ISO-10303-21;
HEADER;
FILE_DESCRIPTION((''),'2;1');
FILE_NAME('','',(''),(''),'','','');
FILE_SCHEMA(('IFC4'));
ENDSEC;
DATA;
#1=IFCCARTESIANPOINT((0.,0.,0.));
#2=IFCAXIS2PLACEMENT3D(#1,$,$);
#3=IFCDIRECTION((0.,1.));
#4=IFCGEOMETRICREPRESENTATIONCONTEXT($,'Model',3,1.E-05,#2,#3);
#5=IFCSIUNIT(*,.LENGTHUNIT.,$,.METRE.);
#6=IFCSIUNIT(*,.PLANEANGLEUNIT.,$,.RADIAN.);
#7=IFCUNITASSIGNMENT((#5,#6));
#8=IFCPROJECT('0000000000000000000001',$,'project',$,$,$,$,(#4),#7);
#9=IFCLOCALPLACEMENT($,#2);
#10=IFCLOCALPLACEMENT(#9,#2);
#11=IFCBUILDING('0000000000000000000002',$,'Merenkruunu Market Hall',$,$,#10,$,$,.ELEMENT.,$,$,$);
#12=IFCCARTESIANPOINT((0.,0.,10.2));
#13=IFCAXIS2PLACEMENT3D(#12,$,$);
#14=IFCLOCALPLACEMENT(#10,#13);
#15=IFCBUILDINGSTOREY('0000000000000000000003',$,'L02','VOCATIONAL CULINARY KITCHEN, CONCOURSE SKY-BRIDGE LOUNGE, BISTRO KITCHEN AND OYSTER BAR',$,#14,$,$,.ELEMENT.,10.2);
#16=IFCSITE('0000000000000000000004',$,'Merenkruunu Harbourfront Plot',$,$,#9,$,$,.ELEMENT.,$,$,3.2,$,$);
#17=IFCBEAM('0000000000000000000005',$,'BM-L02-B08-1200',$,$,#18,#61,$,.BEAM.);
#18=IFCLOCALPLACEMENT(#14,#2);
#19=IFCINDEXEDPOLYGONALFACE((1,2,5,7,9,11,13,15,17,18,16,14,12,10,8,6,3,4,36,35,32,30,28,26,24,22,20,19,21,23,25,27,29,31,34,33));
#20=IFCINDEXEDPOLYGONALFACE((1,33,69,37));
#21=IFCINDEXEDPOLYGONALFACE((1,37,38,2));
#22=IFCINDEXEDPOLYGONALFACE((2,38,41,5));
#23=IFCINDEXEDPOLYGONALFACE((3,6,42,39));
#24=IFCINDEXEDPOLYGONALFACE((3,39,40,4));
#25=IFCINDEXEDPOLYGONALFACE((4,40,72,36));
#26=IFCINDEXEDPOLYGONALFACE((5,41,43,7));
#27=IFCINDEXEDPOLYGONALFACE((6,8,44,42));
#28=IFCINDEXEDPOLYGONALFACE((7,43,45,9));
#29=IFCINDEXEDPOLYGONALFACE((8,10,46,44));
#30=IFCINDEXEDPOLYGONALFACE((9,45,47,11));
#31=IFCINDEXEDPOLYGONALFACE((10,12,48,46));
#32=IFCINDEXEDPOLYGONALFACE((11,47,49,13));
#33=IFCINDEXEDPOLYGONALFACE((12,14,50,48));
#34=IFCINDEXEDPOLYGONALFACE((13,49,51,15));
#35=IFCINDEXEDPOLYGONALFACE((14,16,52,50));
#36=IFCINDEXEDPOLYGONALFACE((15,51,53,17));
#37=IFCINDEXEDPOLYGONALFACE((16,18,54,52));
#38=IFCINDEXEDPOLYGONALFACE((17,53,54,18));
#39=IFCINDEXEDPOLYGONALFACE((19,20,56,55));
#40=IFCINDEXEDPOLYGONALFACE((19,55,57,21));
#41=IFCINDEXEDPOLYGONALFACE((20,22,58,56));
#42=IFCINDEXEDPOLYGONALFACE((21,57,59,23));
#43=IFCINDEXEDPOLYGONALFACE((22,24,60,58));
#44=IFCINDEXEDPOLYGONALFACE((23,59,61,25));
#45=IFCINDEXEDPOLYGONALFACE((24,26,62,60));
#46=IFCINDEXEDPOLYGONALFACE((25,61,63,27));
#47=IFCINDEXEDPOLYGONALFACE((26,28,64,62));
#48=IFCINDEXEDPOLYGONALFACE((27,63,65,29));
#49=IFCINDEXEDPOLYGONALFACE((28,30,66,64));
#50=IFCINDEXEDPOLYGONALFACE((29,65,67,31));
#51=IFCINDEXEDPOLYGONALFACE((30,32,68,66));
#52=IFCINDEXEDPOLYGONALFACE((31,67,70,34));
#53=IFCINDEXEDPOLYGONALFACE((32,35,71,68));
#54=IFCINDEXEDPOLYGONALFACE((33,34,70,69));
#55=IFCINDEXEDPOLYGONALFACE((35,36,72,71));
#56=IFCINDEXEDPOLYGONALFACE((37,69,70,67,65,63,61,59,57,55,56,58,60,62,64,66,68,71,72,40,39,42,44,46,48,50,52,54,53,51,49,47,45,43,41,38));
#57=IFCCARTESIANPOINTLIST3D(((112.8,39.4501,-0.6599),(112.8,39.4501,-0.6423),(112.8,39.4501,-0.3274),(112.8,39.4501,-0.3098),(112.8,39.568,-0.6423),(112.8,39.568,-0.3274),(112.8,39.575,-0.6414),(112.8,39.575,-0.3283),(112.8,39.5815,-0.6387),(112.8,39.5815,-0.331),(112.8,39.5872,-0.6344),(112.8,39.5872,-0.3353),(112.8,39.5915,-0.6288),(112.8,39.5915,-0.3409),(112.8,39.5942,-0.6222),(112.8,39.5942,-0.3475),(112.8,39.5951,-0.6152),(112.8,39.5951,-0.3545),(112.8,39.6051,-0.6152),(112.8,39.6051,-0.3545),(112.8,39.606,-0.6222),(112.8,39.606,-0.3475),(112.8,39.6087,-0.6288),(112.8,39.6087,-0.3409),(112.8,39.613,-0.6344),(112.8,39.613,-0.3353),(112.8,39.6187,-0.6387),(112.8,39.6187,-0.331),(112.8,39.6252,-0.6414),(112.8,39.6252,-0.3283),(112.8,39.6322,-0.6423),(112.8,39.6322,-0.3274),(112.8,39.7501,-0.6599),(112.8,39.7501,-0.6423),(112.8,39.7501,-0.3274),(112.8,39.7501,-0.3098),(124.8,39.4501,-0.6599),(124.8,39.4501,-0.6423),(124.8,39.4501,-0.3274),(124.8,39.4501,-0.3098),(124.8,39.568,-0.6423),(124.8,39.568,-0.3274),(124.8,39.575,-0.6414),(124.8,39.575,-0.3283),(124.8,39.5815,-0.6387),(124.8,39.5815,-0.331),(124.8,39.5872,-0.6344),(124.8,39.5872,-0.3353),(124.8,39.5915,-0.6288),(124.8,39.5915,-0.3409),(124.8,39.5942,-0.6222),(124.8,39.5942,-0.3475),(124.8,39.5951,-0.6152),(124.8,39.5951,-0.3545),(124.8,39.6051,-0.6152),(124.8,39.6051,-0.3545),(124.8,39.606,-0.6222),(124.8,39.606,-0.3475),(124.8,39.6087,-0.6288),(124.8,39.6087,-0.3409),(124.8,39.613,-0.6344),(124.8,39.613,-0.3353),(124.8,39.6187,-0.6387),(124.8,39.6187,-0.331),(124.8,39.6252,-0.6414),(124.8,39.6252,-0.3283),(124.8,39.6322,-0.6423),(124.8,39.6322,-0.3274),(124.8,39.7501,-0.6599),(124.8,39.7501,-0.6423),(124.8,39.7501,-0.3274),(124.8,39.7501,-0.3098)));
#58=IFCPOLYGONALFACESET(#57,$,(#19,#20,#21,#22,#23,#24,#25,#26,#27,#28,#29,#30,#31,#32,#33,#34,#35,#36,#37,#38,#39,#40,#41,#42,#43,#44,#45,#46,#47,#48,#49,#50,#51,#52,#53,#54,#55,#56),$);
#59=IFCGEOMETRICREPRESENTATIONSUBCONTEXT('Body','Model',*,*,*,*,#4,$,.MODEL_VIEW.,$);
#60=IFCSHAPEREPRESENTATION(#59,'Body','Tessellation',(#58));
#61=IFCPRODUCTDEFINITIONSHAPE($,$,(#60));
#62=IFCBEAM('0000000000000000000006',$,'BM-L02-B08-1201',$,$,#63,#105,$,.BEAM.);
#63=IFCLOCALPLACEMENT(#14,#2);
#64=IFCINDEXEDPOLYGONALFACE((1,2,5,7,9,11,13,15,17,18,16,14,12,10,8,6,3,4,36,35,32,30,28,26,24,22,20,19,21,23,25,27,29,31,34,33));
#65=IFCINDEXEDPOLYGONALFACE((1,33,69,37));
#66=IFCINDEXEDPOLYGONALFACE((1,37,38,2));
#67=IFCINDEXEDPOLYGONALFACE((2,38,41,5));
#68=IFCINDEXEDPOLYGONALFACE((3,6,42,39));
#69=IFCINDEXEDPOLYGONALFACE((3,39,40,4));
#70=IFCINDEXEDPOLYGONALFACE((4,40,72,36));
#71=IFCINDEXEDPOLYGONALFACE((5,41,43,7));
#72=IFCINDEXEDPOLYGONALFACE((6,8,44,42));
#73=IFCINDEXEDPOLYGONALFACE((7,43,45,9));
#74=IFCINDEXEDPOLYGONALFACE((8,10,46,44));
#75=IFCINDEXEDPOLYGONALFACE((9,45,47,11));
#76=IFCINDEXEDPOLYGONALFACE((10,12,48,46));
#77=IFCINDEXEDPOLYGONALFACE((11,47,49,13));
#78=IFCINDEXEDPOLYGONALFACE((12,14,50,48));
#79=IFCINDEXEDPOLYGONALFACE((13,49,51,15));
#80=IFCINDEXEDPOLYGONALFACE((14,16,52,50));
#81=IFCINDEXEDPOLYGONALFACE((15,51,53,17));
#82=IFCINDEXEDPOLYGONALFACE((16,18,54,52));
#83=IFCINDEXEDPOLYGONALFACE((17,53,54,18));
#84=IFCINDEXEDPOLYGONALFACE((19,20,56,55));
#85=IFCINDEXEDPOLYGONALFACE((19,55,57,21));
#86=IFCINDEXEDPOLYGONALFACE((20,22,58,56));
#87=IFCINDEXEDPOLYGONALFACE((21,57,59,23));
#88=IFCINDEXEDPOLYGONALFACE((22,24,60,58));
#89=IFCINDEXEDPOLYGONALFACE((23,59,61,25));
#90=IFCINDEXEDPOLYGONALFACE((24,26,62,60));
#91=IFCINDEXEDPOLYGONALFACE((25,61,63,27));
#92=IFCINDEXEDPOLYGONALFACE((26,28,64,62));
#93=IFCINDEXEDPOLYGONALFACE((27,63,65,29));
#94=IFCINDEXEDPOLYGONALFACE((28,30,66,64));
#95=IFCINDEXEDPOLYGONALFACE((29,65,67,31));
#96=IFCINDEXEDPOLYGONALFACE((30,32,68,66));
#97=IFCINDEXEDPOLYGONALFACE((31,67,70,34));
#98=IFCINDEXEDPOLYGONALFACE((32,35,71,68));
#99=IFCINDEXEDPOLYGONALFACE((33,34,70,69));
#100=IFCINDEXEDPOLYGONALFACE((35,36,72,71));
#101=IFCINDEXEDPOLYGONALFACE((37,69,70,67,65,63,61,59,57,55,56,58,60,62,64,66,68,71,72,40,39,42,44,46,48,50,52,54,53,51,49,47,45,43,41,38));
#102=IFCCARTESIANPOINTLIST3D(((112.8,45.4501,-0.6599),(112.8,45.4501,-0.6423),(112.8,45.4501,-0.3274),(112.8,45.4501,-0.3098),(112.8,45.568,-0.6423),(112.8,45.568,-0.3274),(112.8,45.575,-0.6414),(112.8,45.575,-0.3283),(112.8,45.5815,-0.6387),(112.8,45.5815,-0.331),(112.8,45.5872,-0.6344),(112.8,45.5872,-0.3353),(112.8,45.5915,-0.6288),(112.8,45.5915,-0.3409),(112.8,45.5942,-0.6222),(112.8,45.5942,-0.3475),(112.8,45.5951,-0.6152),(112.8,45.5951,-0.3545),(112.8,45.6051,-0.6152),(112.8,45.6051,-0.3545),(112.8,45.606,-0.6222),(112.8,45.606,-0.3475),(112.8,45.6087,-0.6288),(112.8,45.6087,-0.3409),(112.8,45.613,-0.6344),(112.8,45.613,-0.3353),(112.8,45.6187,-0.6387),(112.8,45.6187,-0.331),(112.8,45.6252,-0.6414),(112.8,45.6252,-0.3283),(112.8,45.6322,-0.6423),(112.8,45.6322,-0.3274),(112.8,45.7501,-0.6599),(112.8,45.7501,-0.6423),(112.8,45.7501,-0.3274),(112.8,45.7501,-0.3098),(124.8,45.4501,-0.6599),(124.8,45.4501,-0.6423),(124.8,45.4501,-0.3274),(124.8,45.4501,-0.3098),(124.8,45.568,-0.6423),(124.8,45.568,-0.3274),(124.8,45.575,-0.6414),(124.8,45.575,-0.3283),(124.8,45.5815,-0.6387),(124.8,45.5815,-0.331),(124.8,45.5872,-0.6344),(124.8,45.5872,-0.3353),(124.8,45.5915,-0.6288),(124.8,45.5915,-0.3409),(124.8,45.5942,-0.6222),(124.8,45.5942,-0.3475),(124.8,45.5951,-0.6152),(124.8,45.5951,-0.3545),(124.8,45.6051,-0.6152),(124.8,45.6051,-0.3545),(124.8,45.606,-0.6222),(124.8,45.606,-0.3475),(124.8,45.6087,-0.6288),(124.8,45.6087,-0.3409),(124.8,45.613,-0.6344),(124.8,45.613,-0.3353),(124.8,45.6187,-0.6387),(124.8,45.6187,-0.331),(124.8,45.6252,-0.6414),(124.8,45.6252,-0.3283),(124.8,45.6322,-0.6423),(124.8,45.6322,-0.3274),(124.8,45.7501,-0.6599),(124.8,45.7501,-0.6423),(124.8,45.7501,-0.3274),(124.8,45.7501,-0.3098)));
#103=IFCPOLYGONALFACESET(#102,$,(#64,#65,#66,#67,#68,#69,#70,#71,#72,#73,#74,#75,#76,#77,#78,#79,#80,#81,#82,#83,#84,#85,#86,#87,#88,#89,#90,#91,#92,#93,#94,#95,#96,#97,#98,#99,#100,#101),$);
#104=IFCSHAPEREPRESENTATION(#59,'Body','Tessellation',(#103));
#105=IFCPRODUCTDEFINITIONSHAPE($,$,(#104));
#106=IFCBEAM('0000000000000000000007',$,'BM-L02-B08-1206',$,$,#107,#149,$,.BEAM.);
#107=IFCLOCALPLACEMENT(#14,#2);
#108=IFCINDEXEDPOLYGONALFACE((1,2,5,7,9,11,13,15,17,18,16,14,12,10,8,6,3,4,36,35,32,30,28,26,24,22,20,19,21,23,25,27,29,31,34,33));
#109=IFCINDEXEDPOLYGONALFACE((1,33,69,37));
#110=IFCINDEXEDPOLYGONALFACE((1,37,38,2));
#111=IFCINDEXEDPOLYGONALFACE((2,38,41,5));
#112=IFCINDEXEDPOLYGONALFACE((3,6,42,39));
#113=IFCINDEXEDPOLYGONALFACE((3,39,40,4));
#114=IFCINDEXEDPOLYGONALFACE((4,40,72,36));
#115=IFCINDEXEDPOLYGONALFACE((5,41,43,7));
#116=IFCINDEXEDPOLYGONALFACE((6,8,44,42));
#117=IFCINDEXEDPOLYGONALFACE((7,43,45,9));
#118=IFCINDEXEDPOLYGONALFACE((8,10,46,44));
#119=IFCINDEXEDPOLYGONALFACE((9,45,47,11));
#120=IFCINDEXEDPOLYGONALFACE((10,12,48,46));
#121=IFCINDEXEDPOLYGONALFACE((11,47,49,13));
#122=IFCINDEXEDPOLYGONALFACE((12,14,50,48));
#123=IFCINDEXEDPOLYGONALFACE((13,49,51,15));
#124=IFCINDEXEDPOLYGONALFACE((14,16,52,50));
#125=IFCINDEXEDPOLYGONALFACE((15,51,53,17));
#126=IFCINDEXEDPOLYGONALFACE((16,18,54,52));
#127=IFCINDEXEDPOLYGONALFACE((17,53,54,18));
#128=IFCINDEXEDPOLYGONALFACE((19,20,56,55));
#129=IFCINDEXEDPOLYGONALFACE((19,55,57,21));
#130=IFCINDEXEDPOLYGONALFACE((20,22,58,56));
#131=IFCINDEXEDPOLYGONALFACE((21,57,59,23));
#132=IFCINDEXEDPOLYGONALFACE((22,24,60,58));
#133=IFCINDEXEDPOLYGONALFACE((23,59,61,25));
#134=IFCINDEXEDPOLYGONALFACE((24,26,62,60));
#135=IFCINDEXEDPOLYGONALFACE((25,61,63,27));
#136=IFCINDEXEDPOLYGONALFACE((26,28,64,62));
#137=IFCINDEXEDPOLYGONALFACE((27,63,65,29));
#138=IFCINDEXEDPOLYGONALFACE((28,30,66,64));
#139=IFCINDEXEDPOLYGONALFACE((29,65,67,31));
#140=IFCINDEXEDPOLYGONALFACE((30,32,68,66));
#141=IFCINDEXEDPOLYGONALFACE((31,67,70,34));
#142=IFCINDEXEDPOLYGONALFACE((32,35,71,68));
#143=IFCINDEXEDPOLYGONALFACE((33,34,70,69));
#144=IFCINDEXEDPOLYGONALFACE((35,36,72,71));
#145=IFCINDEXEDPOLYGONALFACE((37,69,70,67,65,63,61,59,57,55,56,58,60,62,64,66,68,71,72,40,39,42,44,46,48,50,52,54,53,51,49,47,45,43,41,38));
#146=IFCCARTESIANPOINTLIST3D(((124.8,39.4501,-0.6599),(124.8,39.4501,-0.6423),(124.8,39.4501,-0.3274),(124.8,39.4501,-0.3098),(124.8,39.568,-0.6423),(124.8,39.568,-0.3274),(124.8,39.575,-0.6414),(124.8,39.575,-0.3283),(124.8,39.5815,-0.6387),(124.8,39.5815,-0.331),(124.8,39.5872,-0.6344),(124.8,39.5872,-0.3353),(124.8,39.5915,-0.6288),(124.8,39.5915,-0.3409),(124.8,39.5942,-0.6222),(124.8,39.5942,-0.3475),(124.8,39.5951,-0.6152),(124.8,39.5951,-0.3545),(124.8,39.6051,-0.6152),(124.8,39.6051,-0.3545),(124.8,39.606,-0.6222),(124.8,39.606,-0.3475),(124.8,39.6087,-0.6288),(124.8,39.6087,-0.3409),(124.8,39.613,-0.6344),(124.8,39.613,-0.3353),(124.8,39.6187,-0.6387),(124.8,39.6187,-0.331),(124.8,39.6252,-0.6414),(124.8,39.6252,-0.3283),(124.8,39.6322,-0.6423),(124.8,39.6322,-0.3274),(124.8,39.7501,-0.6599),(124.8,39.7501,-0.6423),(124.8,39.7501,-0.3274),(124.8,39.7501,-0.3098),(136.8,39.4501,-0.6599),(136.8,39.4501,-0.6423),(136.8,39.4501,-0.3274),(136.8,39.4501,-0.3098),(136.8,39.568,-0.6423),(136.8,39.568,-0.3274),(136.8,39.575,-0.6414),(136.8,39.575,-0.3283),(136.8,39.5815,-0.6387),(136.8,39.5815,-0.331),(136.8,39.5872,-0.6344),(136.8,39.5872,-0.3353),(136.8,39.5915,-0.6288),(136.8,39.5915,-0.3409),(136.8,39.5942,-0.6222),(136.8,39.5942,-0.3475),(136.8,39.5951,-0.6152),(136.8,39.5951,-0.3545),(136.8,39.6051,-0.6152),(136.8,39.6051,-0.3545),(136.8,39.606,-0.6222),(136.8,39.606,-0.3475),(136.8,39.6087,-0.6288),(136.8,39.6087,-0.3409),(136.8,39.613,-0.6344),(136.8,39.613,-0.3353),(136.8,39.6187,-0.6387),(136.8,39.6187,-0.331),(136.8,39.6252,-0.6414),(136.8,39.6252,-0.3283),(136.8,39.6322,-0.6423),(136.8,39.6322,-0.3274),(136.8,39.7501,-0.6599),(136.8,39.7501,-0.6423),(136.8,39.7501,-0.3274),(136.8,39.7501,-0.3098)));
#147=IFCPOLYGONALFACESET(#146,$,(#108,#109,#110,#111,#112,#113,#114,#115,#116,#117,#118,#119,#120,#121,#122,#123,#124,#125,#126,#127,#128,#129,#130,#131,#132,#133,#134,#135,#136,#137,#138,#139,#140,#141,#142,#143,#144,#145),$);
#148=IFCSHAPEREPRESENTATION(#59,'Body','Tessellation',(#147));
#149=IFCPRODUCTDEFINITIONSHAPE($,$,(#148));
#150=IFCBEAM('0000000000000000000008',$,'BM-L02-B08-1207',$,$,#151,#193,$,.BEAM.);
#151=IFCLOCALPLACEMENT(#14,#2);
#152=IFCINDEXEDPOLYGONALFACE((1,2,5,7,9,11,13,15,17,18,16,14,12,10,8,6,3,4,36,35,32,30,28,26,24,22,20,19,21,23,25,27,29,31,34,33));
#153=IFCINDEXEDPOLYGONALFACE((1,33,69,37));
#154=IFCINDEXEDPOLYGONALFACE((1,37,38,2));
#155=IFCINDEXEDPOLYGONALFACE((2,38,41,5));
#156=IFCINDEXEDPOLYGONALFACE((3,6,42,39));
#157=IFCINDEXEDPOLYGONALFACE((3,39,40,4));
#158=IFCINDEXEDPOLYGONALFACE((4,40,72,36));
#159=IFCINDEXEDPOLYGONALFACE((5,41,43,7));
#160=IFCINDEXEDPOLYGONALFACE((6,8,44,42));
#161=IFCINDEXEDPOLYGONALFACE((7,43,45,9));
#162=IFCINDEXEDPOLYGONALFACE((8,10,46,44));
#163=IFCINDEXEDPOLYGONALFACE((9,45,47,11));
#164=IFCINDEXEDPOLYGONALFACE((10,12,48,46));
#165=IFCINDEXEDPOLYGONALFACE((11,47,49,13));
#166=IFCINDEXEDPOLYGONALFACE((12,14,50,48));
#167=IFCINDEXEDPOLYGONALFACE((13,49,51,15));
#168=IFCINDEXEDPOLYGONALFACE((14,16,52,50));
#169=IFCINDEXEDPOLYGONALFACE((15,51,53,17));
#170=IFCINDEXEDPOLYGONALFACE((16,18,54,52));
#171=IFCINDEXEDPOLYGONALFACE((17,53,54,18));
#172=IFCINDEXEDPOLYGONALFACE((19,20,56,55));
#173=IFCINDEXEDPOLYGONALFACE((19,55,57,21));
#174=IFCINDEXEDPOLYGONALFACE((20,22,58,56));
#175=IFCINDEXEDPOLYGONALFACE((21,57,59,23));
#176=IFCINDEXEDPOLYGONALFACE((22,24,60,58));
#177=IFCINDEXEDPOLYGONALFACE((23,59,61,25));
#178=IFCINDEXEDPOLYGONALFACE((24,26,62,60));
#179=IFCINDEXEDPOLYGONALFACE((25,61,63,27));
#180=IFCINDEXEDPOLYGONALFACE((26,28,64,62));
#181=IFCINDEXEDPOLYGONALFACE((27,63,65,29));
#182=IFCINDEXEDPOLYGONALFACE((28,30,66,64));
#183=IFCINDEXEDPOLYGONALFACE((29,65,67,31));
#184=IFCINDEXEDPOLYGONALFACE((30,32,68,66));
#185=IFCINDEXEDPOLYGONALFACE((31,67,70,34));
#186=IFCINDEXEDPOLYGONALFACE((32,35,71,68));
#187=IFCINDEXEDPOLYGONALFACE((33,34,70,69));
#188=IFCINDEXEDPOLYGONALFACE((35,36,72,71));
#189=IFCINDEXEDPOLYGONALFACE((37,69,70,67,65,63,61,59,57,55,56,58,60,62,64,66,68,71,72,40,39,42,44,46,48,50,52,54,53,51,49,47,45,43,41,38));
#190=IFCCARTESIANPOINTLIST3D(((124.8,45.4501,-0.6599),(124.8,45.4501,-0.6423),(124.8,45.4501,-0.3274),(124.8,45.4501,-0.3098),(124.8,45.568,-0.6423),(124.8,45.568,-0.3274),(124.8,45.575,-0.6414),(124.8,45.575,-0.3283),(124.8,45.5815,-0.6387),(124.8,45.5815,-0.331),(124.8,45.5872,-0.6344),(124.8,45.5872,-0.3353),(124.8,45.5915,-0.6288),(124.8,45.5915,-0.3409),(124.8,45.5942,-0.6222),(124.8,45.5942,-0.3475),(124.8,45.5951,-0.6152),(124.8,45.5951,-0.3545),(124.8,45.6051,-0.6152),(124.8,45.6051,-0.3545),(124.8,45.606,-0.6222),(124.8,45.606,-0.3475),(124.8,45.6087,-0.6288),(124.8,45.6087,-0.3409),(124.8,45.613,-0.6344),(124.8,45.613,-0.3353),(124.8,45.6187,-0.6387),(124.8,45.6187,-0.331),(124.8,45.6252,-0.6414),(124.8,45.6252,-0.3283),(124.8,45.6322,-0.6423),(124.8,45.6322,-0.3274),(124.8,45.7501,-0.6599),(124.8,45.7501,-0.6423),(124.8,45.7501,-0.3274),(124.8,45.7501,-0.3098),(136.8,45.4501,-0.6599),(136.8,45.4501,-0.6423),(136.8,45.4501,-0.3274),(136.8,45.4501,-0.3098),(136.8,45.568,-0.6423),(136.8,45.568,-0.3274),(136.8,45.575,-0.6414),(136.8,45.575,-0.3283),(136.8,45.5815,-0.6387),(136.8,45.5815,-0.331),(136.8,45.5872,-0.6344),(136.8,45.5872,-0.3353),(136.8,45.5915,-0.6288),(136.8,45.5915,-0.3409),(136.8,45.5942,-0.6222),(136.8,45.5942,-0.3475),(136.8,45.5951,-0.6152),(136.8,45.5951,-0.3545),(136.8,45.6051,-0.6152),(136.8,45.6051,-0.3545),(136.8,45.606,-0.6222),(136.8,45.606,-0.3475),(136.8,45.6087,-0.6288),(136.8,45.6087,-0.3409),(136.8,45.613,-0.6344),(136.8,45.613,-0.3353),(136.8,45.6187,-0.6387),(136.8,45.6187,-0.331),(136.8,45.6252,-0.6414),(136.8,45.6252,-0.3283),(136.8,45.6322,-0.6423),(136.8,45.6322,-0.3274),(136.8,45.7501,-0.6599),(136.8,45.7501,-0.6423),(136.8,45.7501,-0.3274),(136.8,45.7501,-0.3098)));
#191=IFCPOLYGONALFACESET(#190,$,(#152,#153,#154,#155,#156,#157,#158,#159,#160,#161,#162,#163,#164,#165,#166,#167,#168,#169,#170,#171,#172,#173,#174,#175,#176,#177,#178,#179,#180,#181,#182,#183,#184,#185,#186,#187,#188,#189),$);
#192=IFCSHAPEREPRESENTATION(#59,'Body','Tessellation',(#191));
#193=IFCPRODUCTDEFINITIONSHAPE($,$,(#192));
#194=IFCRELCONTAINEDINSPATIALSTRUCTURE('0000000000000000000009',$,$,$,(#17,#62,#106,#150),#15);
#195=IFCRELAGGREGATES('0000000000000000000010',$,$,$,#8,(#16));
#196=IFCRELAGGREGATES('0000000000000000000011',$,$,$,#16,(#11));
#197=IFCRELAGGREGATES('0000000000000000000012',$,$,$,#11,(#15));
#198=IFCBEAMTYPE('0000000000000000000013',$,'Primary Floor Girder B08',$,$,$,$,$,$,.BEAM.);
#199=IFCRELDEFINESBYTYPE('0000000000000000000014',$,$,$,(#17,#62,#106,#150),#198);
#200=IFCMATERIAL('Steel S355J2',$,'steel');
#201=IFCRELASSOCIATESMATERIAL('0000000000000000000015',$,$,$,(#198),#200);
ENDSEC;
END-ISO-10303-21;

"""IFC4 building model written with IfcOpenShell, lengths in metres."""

from ifc_helpers import new_model, si_unit, direction, frame, origin, origin_2d, place, context, subcontext, project, spatial, i_section, extrude, material, material_profile, profile_set, type_object, element, save


model = new_model("IFC4")

# Units and contexts
model_context = context("Model", 3, precision=1e-05, world=origin(), true_north=direction((0.0, 1.0)))
body_context = subcontext(model_context, "Body", "Model", "MODEL_VIEW")
ifc_project = project(units=[si_unit("LENGTHUNIT", "METRE"), si_unit("PLANEANGLEUNIT", "RADIAN")], contexts=[model_context])

# Site, building, storey
site_placement = place(None, origin())
site = spatial("IfcSite", under=ifc_project, at=site_placement, Name="Merenkruunu Harbourfront Plot", CompositionType="ELEMENT", RefElevation=3.2)
building_placement = place(site_placement, origin())
building = spatial("IfcBuilding", under=site, at=building_placement, Name="Merenkruunu Market Hall", CompositionType="ELEMENT")
storey_placement = place(building_placement, frame((0.0, 0.0, 10.2)))
storey = spatial("IfcBuildingStorey", under=building, at=storey_placement, Name="L02", Description="VOCATIONAL CULINARY KITCHEN, CONCOURSE SKY-BRIDGE LOUNGE, BISTRO KITCHEN AND OYSTER BAR", CompositionType="ELEMENT", Elevation=10.2)

# Shared definitions
ifc_material_1 = material(Name="Steel S355J2", Category="steel")

# Beams
ifc_material_profile_1 = material_profile(ifc_material_1, i_section(OverallWidth=0.3, OverallDepth=0.3501, WebThickness=0.01, FlangeThickness=0.0176, FilletRadius=0.0271, at=origin_2d()), Name="HEA 360")
ifc_profile_set_1 = profile_set([ifc_material_profile_1], Name="Steel S355J2")
beam_type_1 = type_object("IfcBeamType", Name="Primary Floor Girder B08", PredefinedType="BEAM", material=ifc_profile_set_1)
for number, where, z_axis, x_axis, name in (
    (1, (112.8, 39.6001, -0.4849), (1.0, 0.0, 0.0), (0.0, 1.0, 0.0), "BM-L02-B08-1200"),
    (2, (112.8, 45.6001, -0.4849), (1.0, 0.0, 0.0), (0.0, 1.0, 0.0), "BM-L02-B08-1201"),
    (3, (124.8, 39.6001, -0.4849), (1.0, 0.0, 0.0), (0.0, 1.0, 0.0), "BM-L02-B08-1206"),
    (4, (124.8, 45.6001, -0.4849), (1.0, 0.0, 0.0), (0.0, 1.0, 0.0), "BM-L02-B08-1207"),
):
    element("IfcBeam", number, at=place(storey_placement, frame(where, z_axis=z_axis, x_axis=x_axis)), inside=storey, type_object=beam_type_1, Name=name, PredefinedType="BEAM", context=body_context, shape_type="SweptSolid", body=[
        extrude(i_section(OverallWidth=0.3, OverallDepth=0.3501, WebThickness=0.01, FlangeThickness=0.0176, FilletRadius=0.0271, at=origin_2d()), origin(), (0.0, 0.0, 1.0), 12.0),
    ])

save(model, "model.ifc")
